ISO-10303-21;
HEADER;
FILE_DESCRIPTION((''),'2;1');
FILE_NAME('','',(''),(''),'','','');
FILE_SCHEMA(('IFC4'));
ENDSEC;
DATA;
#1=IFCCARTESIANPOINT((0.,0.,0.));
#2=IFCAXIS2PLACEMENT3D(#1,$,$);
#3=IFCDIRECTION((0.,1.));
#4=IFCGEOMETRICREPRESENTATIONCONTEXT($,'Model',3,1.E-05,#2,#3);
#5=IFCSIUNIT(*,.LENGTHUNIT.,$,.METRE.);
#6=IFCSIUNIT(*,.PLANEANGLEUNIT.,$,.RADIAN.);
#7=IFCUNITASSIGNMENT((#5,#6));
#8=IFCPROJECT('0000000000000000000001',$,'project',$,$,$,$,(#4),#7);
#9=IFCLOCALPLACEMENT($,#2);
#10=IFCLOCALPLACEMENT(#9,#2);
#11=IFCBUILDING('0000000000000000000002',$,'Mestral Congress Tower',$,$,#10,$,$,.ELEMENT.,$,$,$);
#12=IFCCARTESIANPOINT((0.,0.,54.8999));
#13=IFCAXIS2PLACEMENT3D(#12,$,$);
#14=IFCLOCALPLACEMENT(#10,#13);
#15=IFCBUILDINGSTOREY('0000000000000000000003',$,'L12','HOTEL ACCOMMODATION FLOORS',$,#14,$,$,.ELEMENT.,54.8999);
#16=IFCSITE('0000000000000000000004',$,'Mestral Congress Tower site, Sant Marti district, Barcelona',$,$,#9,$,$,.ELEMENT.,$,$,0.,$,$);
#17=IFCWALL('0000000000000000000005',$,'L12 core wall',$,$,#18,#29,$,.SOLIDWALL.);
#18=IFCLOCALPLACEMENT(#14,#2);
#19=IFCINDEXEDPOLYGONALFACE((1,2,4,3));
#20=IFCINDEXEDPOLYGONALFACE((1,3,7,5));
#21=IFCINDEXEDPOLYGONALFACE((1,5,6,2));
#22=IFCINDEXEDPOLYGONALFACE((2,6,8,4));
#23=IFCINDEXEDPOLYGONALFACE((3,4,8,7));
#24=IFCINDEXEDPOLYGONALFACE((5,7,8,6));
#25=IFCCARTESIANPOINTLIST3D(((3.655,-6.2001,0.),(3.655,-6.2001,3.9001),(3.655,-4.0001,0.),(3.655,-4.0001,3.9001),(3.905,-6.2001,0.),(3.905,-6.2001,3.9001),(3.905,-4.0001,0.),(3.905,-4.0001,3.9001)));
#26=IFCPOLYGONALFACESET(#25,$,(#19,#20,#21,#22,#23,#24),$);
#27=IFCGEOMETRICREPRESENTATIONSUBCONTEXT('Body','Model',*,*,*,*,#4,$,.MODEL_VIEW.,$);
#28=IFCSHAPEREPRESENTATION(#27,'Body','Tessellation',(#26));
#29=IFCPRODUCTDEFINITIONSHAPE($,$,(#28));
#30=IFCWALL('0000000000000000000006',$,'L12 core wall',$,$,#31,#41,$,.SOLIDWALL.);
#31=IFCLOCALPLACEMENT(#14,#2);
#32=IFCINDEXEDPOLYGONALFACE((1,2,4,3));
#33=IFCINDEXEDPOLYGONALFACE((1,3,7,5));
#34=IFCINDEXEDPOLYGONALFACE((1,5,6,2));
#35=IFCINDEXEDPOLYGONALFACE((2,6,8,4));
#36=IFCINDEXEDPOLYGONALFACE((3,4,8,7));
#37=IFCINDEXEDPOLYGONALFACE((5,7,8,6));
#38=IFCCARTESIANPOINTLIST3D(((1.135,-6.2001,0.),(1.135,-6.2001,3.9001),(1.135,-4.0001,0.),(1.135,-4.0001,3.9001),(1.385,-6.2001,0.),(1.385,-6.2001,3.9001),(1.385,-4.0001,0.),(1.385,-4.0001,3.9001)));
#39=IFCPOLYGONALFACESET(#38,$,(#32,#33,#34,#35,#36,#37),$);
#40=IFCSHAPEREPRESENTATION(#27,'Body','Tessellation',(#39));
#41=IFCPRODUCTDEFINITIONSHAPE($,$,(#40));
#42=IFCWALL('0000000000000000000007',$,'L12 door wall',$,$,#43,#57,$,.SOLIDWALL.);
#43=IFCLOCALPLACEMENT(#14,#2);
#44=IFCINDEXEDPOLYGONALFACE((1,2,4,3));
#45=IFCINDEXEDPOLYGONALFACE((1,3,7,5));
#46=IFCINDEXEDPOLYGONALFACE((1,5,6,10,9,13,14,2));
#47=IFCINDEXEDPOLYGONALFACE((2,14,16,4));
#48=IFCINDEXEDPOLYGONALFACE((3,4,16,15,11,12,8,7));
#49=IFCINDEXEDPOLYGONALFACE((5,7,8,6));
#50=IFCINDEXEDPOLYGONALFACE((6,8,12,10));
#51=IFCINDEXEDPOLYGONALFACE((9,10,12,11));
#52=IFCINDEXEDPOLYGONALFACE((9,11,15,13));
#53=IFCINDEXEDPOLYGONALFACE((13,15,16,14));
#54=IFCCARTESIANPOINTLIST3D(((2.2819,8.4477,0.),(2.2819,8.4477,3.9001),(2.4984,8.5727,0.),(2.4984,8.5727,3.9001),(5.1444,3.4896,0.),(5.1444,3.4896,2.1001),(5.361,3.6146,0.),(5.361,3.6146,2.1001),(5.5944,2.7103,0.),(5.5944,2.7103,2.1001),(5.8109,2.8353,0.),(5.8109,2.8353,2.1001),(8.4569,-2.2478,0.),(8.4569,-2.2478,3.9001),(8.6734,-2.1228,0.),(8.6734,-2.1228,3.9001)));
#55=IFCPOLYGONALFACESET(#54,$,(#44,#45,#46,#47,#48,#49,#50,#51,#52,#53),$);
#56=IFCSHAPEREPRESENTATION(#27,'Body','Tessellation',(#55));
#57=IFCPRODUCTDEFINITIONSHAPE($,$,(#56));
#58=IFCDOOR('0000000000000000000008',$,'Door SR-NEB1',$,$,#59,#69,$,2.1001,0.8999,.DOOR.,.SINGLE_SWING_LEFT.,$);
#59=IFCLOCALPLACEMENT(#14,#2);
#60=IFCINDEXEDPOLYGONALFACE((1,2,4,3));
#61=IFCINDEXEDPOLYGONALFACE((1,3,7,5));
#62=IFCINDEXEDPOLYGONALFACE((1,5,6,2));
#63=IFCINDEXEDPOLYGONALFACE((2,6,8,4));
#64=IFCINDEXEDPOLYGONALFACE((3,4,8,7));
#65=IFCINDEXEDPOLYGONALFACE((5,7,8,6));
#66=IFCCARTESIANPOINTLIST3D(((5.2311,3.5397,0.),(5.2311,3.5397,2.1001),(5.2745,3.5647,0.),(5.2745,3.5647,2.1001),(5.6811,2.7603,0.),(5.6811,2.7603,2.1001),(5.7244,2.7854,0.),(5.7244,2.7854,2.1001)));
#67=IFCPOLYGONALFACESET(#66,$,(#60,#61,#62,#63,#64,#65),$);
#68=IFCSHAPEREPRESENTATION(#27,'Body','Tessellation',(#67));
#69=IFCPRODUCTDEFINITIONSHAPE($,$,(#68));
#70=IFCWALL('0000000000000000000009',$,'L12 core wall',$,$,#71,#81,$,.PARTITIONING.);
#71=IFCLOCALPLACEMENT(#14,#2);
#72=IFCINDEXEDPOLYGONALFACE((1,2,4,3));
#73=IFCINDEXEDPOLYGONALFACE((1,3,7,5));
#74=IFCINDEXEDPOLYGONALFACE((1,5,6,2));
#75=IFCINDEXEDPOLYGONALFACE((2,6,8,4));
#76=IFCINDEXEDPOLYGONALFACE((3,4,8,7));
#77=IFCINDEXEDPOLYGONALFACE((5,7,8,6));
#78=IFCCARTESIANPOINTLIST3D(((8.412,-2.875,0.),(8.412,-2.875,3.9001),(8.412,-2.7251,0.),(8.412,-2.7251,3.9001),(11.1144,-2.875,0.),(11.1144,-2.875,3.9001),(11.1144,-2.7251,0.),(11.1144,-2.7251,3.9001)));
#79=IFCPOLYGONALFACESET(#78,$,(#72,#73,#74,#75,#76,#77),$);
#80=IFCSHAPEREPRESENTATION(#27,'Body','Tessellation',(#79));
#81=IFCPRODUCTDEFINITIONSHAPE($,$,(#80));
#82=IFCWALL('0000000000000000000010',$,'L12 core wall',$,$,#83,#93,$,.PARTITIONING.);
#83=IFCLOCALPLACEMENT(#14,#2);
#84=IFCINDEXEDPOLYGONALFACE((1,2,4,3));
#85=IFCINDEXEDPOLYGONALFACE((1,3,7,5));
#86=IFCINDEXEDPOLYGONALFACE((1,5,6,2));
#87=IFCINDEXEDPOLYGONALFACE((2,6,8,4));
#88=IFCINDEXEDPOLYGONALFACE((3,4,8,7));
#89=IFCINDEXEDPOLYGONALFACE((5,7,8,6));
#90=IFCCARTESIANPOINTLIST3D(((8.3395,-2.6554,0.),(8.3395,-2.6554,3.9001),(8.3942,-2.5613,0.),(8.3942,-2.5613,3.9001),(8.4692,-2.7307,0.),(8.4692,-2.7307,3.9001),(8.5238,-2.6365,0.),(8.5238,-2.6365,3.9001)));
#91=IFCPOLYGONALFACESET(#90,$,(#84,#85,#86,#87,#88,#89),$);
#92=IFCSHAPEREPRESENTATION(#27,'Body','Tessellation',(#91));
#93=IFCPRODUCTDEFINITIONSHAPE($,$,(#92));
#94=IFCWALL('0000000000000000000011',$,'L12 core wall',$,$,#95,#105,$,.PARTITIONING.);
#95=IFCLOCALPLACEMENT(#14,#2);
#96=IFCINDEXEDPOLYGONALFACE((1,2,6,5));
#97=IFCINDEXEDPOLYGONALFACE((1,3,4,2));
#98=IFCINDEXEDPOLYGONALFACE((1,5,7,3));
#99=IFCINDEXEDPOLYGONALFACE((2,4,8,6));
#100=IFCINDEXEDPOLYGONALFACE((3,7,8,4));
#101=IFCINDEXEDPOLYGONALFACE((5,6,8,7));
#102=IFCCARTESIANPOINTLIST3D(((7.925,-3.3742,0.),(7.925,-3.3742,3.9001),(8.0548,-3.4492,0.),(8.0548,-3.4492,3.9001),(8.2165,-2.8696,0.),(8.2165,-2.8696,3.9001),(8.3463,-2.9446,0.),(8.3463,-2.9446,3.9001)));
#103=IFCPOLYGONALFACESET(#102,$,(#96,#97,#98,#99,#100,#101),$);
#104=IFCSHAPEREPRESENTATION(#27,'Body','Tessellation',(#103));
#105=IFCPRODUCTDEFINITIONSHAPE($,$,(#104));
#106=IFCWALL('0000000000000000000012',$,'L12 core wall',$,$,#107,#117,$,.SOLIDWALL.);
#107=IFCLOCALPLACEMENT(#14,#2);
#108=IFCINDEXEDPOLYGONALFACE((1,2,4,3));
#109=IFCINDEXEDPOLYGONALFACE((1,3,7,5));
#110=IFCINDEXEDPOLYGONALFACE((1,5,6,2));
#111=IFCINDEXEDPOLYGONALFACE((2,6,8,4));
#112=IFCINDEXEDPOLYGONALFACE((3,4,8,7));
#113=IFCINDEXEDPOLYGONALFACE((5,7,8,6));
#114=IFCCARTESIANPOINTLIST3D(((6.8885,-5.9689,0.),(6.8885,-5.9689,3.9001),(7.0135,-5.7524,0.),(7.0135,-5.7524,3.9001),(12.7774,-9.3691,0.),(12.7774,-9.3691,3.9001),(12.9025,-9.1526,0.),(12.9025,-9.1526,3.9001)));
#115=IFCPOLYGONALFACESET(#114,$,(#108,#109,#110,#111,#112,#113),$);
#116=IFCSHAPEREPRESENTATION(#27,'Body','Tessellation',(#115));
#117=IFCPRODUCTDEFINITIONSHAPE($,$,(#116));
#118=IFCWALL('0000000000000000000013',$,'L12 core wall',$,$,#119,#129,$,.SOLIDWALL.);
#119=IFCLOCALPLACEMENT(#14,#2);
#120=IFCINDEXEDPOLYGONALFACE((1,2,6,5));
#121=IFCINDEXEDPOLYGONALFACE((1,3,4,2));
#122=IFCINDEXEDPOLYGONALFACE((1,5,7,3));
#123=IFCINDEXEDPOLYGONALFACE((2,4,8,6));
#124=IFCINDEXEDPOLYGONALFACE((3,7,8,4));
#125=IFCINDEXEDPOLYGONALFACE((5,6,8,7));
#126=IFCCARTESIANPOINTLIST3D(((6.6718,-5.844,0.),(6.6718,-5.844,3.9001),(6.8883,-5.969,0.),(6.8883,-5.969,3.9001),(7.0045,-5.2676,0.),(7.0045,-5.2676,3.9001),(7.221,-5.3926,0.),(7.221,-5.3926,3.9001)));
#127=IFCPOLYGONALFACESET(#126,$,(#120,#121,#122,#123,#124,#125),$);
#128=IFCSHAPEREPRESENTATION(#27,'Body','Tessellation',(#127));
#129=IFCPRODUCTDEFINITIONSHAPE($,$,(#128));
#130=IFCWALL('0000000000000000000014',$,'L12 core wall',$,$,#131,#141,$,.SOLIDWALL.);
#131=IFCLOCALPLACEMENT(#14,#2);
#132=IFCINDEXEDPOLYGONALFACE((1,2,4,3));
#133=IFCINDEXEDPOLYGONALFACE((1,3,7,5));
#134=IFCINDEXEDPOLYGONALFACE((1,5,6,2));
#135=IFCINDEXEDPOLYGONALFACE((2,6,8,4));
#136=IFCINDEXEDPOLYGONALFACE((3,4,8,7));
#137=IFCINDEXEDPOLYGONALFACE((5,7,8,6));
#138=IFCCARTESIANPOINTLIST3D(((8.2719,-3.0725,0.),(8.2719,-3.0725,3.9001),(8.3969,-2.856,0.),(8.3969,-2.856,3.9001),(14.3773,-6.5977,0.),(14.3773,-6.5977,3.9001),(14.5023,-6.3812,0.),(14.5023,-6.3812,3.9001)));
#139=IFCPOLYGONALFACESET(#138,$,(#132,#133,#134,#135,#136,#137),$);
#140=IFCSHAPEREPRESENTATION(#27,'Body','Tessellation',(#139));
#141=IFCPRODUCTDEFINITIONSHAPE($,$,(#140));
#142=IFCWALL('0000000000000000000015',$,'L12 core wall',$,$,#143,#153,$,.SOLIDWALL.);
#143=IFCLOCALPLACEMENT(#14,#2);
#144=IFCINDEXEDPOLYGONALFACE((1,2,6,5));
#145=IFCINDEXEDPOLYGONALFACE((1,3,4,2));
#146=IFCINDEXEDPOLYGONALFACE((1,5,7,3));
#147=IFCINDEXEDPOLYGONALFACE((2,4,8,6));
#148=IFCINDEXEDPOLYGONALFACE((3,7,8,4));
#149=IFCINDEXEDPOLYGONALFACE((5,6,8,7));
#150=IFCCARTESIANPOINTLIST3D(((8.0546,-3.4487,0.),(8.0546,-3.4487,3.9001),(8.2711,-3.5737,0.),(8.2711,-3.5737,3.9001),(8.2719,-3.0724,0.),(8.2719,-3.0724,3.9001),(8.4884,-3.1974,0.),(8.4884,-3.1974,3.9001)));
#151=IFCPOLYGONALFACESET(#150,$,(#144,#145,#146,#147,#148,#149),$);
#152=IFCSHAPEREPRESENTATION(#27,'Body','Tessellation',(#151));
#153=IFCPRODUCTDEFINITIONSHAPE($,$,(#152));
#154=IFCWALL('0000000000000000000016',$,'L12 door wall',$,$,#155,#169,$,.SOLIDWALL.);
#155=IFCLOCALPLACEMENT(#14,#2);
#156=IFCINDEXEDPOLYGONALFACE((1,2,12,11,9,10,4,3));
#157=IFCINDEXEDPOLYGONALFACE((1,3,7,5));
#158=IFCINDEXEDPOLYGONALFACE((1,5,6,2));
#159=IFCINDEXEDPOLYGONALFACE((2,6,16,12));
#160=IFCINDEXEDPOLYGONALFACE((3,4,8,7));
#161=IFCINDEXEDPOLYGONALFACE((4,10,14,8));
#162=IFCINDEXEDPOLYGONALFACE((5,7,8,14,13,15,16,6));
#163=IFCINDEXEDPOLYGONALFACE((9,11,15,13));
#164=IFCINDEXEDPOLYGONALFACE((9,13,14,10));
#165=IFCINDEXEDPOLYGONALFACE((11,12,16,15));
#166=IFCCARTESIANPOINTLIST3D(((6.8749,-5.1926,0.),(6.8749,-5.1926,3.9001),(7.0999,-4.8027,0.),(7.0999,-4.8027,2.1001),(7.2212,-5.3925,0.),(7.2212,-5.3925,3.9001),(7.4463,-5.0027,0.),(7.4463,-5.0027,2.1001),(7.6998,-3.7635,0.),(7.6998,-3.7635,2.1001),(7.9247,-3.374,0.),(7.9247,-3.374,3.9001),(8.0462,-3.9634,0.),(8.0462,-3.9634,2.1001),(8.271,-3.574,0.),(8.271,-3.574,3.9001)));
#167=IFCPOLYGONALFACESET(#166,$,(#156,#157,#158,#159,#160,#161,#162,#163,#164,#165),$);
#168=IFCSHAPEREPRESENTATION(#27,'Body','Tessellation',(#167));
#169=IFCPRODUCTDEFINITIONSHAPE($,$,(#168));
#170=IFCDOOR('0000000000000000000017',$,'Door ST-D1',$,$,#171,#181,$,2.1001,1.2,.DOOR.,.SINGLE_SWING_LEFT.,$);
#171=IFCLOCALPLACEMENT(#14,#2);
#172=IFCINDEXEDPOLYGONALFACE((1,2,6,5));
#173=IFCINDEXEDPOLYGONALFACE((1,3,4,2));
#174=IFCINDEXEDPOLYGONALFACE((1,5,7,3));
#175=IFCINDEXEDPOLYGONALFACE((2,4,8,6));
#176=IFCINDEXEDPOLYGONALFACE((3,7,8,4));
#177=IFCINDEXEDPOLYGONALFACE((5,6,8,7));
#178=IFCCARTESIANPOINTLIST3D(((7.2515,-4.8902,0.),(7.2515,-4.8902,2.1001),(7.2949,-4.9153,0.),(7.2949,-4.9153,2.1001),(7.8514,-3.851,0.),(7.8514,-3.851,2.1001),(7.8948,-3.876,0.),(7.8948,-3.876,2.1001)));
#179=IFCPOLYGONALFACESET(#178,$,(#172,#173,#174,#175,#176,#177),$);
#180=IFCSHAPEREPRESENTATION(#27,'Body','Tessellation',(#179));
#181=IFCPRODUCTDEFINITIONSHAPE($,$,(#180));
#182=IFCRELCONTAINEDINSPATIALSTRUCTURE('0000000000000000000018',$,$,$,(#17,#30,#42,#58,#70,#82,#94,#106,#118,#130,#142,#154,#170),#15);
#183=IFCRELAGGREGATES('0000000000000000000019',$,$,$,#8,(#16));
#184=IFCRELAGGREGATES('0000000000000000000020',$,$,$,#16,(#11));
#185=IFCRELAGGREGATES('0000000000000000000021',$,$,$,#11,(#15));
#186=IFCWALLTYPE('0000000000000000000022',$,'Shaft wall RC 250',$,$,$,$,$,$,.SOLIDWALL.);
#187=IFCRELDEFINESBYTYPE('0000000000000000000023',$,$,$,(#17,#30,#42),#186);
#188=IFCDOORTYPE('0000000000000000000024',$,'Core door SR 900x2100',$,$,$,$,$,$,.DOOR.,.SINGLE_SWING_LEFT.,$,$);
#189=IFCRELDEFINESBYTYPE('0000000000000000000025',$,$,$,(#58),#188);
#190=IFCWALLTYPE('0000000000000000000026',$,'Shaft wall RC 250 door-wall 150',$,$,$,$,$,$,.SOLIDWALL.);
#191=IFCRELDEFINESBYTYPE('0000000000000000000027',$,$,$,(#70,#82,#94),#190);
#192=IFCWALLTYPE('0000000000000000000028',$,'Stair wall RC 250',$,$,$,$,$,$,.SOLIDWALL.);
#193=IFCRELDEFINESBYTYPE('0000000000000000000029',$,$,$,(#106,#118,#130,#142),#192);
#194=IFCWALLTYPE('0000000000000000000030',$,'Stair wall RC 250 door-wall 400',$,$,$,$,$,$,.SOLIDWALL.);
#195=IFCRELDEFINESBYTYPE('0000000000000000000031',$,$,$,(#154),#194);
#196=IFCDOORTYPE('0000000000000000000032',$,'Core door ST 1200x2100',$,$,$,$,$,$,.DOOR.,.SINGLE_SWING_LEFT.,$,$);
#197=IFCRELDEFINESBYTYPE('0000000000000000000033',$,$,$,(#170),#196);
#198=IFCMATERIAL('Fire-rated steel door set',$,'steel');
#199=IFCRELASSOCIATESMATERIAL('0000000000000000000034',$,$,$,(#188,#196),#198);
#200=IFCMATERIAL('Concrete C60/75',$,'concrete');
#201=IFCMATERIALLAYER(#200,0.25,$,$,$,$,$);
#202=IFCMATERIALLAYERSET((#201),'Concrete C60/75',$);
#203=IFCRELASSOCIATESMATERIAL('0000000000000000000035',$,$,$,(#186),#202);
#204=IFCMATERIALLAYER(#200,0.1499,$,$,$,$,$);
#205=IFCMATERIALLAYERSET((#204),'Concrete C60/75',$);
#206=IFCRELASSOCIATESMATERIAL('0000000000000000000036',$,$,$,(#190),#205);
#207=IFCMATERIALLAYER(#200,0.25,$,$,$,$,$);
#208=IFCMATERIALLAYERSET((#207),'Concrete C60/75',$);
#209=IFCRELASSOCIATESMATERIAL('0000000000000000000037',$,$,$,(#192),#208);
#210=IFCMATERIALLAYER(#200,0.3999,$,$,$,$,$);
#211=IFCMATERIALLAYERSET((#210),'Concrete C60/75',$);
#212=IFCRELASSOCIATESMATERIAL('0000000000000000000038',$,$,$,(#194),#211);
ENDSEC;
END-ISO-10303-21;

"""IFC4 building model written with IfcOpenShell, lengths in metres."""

from ifc_helpers import new_model, si_unit, direction, frame, frame_2d, origin, place, context, subcontext, project, spatial, rectangle, extrude, material, layer, layer_set, type_object, element, fill, save


model = new_model("IFC4")

# Units and contexts
model_context = context("Model", 3, precision=1e-05, world=origin(), true_north=direction((0.0, 1.0)))
body_context = subcontext(model_context, "Body", "Model", "MODEL_VIEW")
ifc_project = project(units=[si_unit("LENGTHUNIT", "METRE"), si_unit("PLANEANGLEUNIT", "RADIAN")], contexts=[model_context])

# Site, building, storey
site_placement = place(None, origin())
site = spatial("IfcSite", under=ifc_project, at=site_placement, Name="Mestral Congress Tower site, Sant Marti district, Barcelona", CompositionType="ELEMENT", RefElevation=0.0)
building_placement = place(site_placement, origin())
building = spatial("IfcBuilding", under=site, at=building_placement, Name="Mestral Congress Tower", CompositionType="ELEMENT")
storey_placement = place(building_placement, frame((0.0, 0.0, 54.8999)))
storey = spatial("IfcBuildingStorey", under=building, at=storey_placement, Name="L12", Description="HOTEL ACCOMMODATION FLOORS", CompositionType="ELEMENT", Elevation=54.8999)

# Shared definitions
ifc_material_1 = material(Name="Fire-rated steel door set", Category="steel")
door_type_1 = type_object("IfcDoorType", Name="Core door SR 900x2100", OperationType="SINGLE_SWING_LEFT", PredefinedType="DOOR", material=ifc_material_1)

# Walls
ifc_material_2 = material(Name="Concrete C60/75", Category="concrete")
ifc_layer_1 = layer(ifc_material_2, 0.25)
ifc_layer_set_1 = layer_set([ifc_layer_1], Name="Concrete C60/75")
wall_type_1 = type_object("IfcWallType", Name="Shaft wall RC 250", PredefinedType="SOLIDWALL", material=ifc_layer_set_1)
for number, where, z_axis, x_axis, name in (
    (1, (3.78, -4.0, 0.0), (0.0, 0.0, 1.0), (0.0, -1.0, 0.0), "L12 core wall"),
    (2, (1.26, -4.0, 0.0), (0.0, 0.0, 1.0), (0.0, -1.0, 0.0), "L12 core wall"),
):
    element("IfcWall", number, at=place(storey_placement, frame(where, z_axis=z_axis, x_axis=x_axis)), inside=storey, type_object=wall_type_1, Name=name, PredefinedType="SOLIDWALL", context=body_context, shape_type="SweptSolid", body=[
        extrude(rectangle(XDim=2.2, YDim=0.25, at=frame_2d((1.1001, 0.0))), origin(), (0.0, 0.0, 1.0), 3.9001),
    ])

# Wall, opening, door
wall_1_placement = place(storey_placement, frame((8.5652, -2.1853, 0.0), z_axis=(0.0, 0.0, 1.0), x_axis=(-0.499998, 0.866027, 0.0)))
wall_1 = element("IfcWall", 3, at=wall_1_placement, inside=storey, type_object=wall_type_1, Name="L12 door wall", PredefinedType="SOLIDWALL", context=body_context, shape_type="SweptSolid", body=[
    extrude(rectangle(XDim=12.3501, YDim=0.25, at=frame_2d((6.175, 0.0))), origin(), (0.0, 0.0, 1.0), 3.9001),
])
opening_1_placement = place(wall_1_placement, frame((5.7251, 0.0, 0.0)))
opening_1 = element("IfcOpeningElement", 4, at=opening_1_placement, cuts=wall_1, PredefinedType="OPENING", context=body_context, shape_type="SweptSolid", body=[
    extrude(rectangle(XDim=0.8999, YDim=2.1001, at=frame_2d((0.45, 1.05))), frame((0.0, 0.135, 0.0), z_axis=(0.0, -1.0, 0.0), x_axis=(1.0, 0.0, 0.0)), (0.0, 0.0, 1.0), 0.27),
])
door_1_placement = place(opening_1_placement, origin())
door_1 = element("IfcDoor", 5, at=door_1_placement, inside=storey, type_object=door_type_1, Name="Door SR-NEB1", OperationType="SINGLE_SWING_LEFT", OverallHeight=2.1001, OverallWidth=0.8999, PredefinedType="DOOR", context=body_context, shape_type="SweptSolid", body=[
    extrude(rectangle(XDim=0.8999, YDim=2.1001, at=frame_2d((0.45, 1.05))), frame((0.0, 0.0249, 0.0), z_axis=(0.0, -1.0, 0.0), x_axis=(1.0, 0.0, 0.0)), (0.0, 0.0, 1.0), 0.05),
])
fill(opening_1, door_1)

# Walls
ifc_layer_2 = layer(ifc_material_2, 0.1499)
ifc_layer_set_2 = layer_set([ifc_layer_2], Name="Concrete C60/75")
wall_type_2 = type_object("IfcWallType", Name="Shaft wall RC 250 door-wall 150", PredefinedType="SOLIDWALL", material=ifc_layer_set_2)
wall_2_placement = place(storey_placement, frame((8.4121, -2.8, 0.0), z_axis=(0.0, 0.0, 1.0), x_axis=(1.0, 0.0, 0.0)))
element("IfcWall", 6, at=wall_2_placement, inside=storey, type_object=wall_type_2, Name="L12 core wall", PredefinedType="PARTITIONING", context=body_context, shape_type="SweptSolid", body=[
    extrude(rectangle(XDim=2.7024, YDim=0.1499, at=frame_2d((1.3511, 0.0))), origin(), (0.0, 0.0, 1.0), 3.9001),
])
wall_3_placement = place(storey_placement, frame((8.459, -2.5989, 0.0), z_axis=(0.0, 0.0, 1.0), x_axis=(-0.501919, -0.864914, 0.0)))
element("IfcWall", 7, at=wall_3_placement, inside=storey, type_object=wall_type_2, Name="L12 core wall", PredefinedType="PARTITIONING", context=body_context, shape_type="SweptSolid", body=[
    extrude(rectangle(XDim=0.1089, YDim=0.1499, at=frame_2d((0.0544, 0.0))), origin(), (0.0, 0.0, 1.0), 3.9001),
])
wall_4_placement = place(storey_placement, frame((8.2815, -2.907, 0.0), z_axis=(0.0, 0.0, 1.0), x_axis=(-0.500194, -0.865913, 0.0)))
element("IfcWall", 8, at=wall_4_placement, inside=storey, type_object=wall_type_2, Name="L12 core wall", PredefinedType="PARTITIONING", context=body_context, shape_type="SweptSolid", body=[
    extrude(rectangle(XDim=0.5828, YDim=0.1499, at=frame_2d((0.2915, 0.0))), origin(), (0.0, 0.0, 1.0), 3.9001),
])
ifc_layer_3 = layer(ifc_material_2, 0.25)
ifc_layer_set_3 = layer_set([ifc_layer_3], Name="Concrete C60/75")
wall_type_3 = type_object("IfcWallType", Name="Stair wall RC 250", PredefinedType="SOLIDWALL", material=ifc_layer_set_3)
wall_5_placement = place(storey_placement, frame((12.8398, -9.2607, 0.0), z_axis=(0.0, 0.0, 1.0), x_axis=(-0.866014, 0.50002, 0.0)))
element("IfcWall", 9, at=wall_5_placement, inside=storey, type_object=wall_type_3, Name="L12 core wall", PredefinedType="SOLIDWALL", context=body_context, shape_type="SweptSolid", body=[
    extrude(rectangle(XDim=6.8, YDim=0.25, at=frame_2d((3.3999, 0.0))), origin(), (0.0, 0.0, 1.0), 3.9001),
])
wall_6_placement = place(storey_placement, frame((7.1128, -5.3301, 0.0), z_axis=(0.0, 0.0, 1.0), x_axis=(-0.499966, -0.866045, 0.0)))
element("IfcWall", 10, at=wall_6_placement, inside=storey, type_object=wall_type_3, Name="L12 core wall", PredefinedType="SOLIDWALL", context=body_context, shape_type="SweptSolid", body=[
    extrude(rectangle(XDim=0.6655, YDim=0.25, at=frame_2d((0.3328, 0.0))), origin(), (0.0, 0.0, 1.0), 3.9001),
])
wall_7_placement = place(storey_placement, frame((8.3345, -2.9644, 0.0), z_axis=(0.0, 0.0, 1.0), x_axis=(0.866016, -0.500016, 0.0)))
element("IfcWall", 11, at=wall_7_placement, inside=storey, type_object=wall_type_3, Name="L12 core wall", PredefinedType="SOLIDWALL", context=body_context, shape_type="SweptSolid", body=[
    extrude(rectangle(XDim=7.05, YDim=0.25, at=frame_2d((3.5249, 0.0))), origin(), (0.0, 0.0, 1.0), 3.9001),
])
wall_8_placement = place(storey_placement, frame((8.1628, -3.5112, 0.0), z_axis=(0.0, 0.0, 1.0), x_axis=(0.500128, 0.865952, 0.0)))
element("IfcWall", 12, at=wall_8_placement, inside=storey, type_object=wall_type_3, Name="L12 core wall", PredefinedType="SOLIDWALL", context=body_context, shape_type="SweptSolid", body=[
    extrude(rectangle(XDim=0.4346, YDim=0.25, at=frame_2d((0.2173, 0.0))), origin(), (0.0, 0.0, 1.0), 3.9001),
])

# Wall, opening, door
ifc_layer_4 = layer(ifc_material_2, 0.3999)
ifc_layer_set_4 = layer_set([ifc_layer_4], Name="Concrete C60/75")
wall_type_4 = type_object("IfcWallType", Name="Stair wall RC 250 door-wall 400", PredefinedType="SOLIDWALL", material=ifc_layer_set_4)
wall_9_placement = place(storey_placement, frame((7.0481, -5.2925, 0.0), z_axis=(0.0, 0.0, 1.0), x_axis=(0.499941, 0.86606, 0.0)))
wall_9 = element("IfcWall", 13, at=wall_9_placement, inside=storey, type_object=wall_type_4, Name="L12 door wall", PredefinedType="SOLIDWALL", context=body_context, shape_type="SweptSolid", body=[
    extrude(rectangle(XDim=2.0999, YDim=0.3999, at=frame_2d((1.0498, 0.0))), origin(), (0.0, 0.0, 1.0), 3.9001),
])
opening_2_placement = place(wall_9_placement, frame((0.45, 0.0, 0.0)))
opening_2 = element("IfcOpeningElement", 14, at=opening_2_placement, cuts=wall_9, PredefinedType="OPENING", context=body_context, shape_type="SweptSolid", body=[
    extrude(rectangle(XDim=1.2, YDim=2.1001, at=frame_2d((0.6001, 1.05))), frame((0.0, 0.21, 0.0), z_axis=(0.0, -1.0, 0.0), x_axis=(1.0, 0.0, 0.0)), (0.0, 0.0, 1.0), 0.4199),
])
door_type_2 = type_object("IfcDoorType", Name="Core door ST 1200x2100", OperationType="SINGLE_SWING_LEFT", PredefinedType="DOOR", material=ifc_material_1)
door_2_placement = place(opening_2_placement, origin())
door_2 = element("IfcDoor", 15, at=door_2_placement, inside=storey, type_object=door_type_2, Name="Door ST-D1", OperationType="SINGLE_SWING_LEFT", OverallHeight=2.1001, OverallWidth=1.2, PredefinedType="DOOR", context=body_context, shape_type="SweptSolid", body=[
    extrude(rectangle(XDim=1.2, YDim=2.1001, at=frame_2d((0.6001, 1.05))), frame((0.0, 0.0249, 0.0), z_axis=(0.0, -1.0, 0.0), x_axis=(1.0, 0.0, 0.0)), (0.0, 0.0, 1.0), 0.05),
])
fill(opening_2, door_2)

save(model, "model.ifc")
